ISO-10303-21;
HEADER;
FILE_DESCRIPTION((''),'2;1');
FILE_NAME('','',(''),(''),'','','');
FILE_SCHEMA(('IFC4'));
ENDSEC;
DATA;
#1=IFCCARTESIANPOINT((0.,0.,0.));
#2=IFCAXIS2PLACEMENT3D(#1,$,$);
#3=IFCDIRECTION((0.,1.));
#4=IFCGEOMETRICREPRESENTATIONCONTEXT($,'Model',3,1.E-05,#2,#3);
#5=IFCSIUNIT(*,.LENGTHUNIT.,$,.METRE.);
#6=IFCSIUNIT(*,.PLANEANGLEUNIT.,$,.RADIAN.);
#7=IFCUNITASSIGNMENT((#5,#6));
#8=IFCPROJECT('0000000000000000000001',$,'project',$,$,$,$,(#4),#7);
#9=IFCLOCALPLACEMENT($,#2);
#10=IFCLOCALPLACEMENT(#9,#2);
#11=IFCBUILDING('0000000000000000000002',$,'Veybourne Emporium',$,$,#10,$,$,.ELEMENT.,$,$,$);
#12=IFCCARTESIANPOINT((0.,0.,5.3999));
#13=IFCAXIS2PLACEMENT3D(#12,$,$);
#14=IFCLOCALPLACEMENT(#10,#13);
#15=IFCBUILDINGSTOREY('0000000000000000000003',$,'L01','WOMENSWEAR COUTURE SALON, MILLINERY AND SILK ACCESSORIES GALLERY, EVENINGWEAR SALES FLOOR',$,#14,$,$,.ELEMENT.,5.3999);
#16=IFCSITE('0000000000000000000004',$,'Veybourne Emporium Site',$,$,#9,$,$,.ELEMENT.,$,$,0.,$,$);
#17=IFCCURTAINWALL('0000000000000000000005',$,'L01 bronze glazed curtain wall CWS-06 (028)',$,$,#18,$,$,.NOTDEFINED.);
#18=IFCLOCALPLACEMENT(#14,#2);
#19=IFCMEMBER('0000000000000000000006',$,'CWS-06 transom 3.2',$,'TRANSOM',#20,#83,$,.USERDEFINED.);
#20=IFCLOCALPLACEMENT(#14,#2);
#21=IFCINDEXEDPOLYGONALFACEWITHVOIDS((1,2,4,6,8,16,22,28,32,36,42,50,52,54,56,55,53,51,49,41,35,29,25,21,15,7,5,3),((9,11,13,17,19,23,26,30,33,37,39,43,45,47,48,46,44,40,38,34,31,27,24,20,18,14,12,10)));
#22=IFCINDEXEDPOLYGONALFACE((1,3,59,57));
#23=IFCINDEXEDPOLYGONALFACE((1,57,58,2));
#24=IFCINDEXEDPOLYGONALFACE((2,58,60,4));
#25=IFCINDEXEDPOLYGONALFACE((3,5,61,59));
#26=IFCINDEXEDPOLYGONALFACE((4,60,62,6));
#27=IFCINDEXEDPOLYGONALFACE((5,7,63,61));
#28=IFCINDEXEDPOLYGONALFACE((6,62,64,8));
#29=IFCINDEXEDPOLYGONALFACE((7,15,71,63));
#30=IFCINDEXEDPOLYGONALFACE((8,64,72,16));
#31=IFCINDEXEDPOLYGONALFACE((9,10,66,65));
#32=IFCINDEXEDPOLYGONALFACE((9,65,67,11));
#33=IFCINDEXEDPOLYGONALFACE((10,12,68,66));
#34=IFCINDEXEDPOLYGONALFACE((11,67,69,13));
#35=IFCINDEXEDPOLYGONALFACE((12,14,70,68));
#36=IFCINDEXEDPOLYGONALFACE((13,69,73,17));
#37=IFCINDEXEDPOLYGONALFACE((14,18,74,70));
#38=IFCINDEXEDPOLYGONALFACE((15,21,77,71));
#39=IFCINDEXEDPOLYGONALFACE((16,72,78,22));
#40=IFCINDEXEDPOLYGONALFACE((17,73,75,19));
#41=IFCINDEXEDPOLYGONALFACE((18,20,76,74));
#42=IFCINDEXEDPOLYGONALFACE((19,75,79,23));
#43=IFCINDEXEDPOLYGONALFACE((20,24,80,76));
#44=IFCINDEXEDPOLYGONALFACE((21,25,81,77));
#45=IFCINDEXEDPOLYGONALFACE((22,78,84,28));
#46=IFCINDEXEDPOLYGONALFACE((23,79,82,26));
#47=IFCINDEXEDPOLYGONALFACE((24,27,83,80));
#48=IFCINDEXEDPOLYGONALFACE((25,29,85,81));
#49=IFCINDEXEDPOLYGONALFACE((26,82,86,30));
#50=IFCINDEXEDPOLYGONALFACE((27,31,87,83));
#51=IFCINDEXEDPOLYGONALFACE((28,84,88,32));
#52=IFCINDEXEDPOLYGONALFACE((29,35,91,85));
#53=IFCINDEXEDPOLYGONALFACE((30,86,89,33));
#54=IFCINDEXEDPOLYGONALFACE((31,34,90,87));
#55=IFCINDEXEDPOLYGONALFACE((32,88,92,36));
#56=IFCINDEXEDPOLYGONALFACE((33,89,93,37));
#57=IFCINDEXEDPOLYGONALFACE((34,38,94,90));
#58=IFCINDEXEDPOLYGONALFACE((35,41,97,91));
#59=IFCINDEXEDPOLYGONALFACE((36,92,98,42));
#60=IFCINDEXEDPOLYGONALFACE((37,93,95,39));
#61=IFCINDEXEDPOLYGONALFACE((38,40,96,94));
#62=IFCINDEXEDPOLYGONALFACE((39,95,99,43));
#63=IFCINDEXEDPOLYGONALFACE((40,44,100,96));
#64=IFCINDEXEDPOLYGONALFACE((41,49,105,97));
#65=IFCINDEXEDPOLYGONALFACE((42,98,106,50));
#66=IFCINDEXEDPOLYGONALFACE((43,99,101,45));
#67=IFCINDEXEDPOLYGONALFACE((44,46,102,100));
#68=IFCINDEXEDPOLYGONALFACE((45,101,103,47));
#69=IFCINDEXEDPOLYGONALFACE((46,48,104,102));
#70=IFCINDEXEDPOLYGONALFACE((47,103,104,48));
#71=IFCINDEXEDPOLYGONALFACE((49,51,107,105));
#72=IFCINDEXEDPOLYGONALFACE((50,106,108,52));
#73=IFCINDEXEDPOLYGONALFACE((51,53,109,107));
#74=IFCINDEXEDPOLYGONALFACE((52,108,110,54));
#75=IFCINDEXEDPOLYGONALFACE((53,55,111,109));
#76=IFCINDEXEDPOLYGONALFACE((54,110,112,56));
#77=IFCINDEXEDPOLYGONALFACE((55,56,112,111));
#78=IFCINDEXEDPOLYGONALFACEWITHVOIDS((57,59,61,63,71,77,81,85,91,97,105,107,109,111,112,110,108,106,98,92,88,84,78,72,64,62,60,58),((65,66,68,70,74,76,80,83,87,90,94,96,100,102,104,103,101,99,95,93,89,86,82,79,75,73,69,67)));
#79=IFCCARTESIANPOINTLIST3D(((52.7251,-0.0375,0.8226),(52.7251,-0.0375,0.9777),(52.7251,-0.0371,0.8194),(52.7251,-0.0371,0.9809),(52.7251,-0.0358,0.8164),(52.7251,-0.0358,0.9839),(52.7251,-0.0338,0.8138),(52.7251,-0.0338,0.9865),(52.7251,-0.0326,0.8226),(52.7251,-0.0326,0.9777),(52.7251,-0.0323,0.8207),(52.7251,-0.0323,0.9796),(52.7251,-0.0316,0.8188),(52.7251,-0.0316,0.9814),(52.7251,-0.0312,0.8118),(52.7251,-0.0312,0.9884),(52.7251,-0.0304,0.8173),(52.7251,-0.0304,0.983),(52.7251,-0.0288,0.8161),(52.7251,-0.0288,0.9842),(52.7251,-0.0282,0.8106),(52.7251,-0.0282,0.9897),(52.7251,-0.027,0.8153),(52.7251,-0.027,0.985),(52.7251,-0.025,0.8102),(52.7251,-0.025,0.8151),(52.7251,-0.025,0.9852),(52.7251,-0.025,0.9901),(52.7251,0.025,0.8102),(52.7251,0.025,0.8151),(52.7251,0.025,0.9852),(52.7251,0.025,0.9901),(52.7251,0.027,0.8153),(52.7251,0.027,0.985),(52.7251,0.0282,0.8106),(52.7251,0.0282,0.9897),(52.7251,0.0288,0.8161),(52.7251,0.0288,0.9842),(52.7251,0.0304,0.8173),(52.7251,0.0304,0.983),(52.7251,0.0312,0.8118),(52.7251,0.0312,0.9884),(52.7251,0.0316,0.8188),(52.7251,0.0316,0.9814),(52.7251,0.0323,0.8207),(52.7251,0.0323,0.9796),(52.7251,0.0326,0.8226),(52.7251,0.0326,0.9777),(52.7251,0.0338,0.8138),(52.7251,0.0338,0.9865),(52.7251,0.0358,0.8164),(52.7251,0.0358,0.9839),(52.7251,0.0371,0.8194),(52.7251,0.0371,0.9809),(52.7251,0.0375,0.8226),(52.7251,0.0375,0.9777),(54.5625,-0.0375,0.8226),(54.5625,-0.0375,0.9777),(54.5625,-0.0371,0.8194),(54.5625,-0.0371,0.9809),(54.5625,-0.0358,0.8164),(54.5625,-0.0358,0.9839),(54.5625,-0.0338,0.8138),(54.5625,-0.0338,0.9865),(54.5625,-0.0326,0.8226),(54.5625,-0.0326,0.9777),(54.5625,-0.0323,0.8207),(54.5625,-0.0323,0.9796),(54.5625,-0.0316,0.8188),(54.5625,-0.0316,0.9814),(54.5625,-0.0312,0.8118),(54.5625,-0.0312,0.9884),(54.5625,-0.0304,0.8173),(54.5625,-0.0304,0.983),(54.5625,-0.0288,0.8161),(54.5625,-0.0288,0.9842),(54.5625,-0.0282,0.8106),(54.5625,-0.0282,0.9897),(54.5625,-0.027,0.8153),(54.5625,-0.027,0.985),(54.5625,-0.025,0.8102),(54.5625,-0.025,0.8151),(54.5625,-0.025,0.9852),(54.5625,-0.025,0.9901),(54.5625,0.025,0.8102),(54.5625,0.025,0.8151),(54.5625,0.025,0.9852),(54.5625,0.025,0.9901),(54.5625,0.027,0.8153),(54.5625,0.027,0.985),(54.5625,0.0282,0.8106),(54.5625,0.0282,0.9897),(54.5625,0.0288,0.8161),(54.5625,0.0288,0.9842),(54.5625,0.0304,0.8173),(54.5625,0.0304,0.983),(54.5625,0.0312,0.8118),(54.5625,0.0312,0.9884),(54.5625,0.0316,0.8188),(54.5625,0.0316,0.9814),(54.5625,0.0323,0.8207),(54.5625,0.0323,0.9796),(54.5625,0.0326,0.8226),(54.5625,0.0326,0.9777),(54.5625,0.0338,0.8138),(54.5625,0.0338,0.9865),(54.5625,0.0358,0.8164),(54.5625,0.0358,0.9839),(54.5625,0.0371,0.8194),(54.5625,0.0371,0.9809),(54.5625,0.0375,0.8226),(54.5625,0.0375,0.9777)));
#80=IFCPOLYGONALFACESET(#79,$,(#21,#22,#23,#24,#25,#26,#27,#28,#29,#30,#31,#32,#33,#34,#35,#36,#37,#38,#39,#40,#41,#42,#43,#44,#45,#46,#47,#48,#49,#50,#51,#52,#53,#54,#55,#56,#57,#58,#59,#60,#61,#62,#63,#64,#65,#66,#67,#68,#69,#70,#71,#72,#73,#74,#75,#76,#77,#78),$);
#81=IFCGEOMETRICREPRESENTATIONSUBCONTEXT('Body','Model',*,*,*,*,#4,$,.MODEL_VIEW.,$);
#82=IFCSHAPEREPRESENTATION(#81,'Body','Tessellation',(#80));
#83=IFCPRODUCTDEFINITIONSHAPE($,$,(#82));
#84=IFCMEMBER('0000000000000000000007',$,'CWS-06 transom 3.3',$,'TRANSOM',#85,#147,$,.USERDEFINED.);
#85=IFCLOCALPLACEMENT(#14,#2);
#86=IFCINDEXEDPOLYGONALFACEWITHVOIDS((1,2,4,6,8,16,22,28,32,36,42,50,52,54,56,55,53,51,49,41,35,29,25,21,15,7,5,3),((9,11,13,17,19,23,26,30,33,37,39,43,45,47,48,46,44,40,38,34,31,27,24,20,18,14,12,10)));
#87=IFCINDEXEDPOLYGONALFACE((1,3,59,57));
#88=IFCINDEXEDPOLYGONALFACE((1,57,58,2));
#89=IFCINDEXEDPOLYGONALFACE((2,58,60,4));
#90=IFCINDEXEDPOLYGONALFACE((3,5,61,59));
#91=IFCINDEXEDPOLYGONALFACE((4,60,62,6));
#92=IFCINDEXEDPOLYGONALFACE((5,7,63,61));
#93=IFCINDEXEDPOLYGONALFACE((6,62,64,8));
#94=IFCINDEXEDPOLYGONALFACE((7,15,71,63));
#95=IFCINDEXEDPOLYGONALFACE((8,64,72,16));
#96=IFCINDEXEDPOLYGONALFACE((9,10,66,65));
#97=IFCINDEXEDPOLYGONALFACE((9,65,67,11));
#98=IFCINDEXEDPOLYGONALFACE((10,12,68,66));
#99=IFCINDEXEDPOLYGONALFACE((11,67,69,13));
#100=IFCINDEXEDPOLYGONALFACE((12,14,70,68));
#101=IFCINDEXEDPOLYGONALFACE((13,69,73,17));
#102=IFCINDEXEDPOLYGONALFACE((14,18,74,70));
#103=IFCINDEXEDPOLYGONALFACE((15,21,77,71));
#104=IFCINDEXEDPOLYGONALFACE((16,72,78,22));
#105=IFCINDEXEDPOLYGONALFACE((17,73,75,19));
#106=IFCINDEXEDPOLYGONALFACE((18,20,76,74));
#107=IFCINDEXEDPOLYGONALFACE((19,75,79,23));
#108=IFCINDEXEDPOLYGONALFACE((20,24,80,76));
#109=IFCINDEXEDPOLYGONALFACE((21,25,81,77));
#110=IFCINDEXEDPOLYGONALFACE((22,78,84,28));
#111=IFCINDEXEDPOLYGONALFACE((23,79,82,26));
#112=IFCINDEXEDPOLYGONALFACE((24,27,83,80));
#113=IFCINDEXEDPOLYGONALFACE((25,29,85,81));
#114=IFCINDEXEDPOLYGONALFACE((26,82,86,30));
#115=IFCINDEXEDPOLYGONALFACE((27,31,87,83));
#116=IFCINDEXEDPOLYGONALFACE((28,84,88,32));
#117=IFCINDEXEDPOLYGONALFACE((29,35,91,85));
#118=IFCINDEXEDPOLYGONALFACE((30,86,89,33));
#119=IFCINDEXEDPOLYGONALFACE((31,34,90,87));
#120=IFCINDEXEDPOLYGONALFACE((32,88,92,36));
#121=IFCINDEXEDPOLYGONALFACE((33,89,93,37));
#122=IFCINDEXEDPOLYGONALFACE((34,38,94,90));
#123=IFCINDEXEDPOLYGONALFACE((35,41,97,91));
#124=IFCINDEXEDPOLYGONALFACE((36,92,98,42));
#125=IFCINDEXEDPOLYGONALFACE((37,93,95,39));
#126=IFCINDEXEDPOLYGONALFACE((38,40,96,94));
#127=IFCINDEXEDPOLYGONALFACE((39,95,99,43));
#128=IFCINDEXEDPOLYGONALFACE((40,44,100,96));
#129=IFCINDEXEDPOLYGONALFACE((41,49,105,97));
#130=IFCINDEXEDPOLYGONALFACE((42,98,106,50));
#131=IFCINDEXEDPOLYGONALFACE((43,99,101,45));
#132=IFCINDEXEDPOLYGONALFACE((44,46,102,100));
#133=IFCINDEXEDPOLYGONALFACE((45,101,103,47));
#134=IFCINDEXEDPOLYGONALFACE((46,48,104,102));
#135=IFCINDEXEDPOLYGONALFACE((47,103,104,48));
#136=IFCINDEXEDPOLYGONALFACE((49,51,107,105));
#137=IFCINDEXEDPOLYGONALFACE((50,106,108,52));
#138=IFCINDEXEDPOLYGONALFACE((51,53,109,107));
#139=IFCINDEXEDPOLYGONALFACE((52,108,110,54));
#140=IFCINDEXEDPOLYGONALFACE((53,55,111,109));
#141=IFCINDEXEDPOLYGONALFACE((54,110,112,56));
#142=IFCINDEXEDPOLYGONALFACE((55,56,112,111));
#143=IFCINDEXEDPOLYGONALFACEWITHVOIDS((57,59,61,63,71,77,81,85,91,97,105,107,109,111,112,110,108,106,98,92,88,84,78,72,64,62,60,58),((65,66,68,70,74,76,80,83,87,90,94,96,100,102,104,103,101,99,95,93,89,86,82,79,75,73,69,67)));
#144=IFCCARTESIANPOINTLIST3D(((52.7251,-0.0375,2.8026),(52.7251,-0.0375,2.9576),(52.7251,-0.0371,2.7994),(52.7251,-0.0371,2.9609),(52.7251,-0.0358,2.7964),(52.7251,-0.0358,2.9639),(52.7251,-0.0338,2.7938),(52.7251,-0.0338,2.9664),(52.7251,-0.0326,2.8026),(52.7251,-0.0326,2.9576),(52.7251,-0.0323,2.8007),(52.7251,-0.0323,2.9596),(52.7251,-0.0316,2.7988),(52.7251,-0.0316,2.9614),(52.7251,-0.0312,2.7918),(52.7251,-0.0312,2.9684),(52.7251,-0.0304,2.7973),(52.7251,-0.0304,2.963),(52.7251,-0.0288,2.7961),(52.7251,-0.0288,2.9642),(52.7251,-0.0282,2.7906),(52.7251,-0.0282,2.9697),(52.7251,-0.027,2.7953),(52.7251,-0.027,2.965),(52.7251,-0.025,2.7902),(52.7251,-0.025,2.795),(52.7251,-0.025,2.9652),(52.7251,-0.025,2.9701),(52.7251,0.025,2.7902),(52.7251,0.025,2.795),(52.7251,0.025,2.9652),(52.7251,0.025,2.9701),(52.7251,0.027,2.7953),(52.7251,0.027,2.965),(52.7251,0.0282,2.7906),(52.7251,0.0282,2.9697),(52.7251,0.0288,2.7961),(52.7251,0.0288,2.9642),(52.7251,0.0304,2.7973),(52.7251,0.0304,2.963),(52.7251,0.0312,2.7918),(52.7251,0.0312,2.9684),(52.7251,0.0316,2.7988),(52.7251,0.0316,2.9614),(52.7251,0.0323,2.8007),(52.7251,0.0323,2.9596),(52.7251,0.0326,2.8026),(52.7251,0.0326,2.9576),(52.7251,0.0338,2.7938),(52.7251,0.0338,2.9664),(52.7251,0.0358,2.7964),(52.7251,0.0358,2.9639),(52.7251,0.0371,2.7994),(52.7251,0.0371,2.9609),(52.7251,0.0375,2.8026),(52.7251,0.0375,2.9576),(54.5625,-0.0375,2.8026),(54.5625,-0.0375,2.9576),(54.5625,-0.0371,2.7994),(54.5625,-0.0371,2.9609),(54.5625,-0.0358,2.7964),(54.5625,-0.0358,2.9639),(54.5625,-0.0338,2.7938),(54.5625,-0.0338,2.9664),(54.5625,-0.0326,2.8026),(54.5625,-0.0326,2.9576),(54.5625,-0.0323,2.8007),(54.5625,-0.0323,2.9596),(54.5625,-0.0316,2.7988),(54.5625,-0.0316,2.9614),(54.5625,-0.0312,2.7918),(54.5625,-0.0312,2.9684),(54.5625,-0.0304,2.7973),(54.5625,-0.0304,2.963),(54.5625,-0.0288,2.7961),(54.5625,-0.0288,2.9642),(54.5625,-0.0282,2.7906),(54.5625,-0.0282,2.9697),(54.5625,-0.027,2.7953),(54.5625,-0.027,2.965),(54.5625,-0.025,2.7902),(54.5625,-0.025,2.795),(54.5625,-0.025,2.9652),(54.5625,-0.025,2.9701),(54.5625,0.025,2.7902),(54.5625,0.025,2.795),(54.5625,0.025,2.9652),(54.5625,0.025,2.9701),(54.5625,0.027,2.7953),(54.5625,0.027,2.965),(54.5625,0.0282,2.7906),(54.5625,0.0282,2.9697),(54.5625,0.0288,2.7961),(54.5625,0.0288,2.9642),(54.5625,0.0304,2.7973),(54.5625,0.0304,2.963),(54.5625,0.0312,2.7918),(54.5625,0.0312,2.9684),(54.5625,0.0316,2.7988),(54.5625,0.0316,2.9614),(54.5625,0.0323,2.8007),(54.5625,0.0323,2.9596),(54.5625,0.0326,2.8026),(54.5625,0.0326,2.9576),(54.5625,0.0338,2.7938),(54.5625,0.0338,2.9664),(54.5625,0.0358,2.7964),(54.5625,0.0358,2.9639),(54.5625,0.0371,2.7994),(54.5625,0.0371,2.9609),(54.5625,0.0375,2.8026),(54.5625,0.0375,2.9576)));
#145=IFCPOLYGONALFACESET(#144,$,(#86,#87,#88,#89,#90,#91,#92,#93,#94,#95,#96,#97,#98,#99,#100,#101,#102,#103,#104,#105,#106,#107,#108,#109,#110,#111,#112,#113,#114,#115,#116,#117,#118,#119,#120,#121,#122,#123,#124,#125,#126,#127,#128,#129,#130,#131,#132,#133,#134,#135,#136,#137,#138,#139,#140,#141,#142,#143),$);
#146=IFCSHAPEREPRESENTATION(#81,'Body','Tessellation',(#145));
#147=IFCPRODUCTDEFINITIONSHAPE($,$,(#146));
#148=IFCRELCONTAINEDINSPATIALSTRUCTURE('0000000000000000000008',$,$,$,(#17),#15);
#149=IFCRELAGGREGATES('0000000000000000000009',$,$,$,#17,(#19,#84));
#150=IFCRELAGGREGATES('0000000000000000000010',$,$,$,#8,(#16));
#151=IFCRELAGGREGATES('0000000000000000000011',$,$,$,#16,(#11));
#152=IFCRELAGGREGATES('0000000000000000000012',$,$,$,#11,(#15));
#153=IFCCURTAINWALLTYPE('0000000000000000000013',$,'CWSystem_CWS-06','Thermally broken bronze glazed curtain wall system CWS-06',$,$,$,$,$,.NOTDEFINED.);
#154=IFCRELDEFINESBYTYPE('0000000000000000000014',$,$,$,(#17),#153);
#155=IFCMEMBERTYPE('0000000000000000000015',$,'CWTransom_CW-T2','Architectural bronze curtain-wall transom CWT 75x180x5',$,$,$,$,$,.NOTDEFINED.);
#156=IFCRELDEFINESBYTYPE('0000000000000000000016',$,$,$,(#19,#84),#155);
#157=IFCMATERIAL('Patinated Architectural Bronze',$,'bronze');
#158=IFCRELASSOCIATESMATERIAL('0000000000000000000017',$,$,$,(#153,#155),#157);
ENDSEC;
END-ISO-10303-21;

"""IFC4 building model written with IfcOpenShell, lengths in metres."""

from ifc_helpers import new_model, si_unit, direction, frame, origin, origin_2d, place, context, subcontext, project, spatial, hollow_rectangle, extrude, material, material_profile, profile_set, type_object, element, aggregate, save


model = new_model("IFC4")

# Units and contexts
model_context = context("Model", 3, precision=1e-05, world=origin(), true_north=direction((0.0, 1.0)))
body_context = subcontext(model_context, "Body", "Model", "MODEL_VIEW")
ifc_project = project(units=[si_unit("LENGTHUNIT", "METRE"), si_unit("PLANEANGLEUNIT", "RADIAN")], contexts=[model_context])

# Site, building, storey
site_placement = place(None, origin())
site = spatial("IfcSite", under=ifc_project, at=site_placement, Name="Veybourne Emporium Site", CompositionType="ELEMENT", RefElevation=0.0)
building_placement = place(site_placement, origin())
building = spatial("IfcBuilding", under=site, at=building_placement, Name="Veybourne Emporium", CompositionType="ELEMENT")
storey_placement = place(building_placement, frame((0.0, 0.0, 5.3999)))
storey = spatial("IfcBuildingStorey", under=building, at=storey_placement, Name="L01", Description="WOMENSWEAR COUTURE SALON, MILLINERY AND SILK ACCESSORIES GALLERY, EVENINGWEAR SALES FLOOR", CompositionType="ELEMENT", Elevation=5.3999)

# Curtain wall, members
ifc_material_1 = material(Name="Patinated Architectural Bronze", Category="bronze")
curtain_wall_type = type_object("IfcCurtainWallType", Name="CWSystem_CWS-06", Description="Thermally broken bronze glazed curtain wall system CWS-06", PredefinedType="NOTDEFINED", material=ifc_material_1)
curtain_wall_placement = place(storey_placement, origin())
curtain_wall = element("IfcCurtainWall", 1, at=curtain_wall_placement, inside=storey, type_object=curtain_wall_type, Name="L01 bronze glazed curtain wall CWS-06 (028)", PredefinedType="NOTDEFINED")
ifc_material_profile_1 = material_profile(ifc_material_1, hollow_rectangle(XDim=0.075, YDim=0.1799, WallThickness=0.0049, InnerFilletRadius=0.0076, OuterFilletRadius=0.0125, at=origin_2d()), Name="CWT 75x180x5")
ifc_profile_set_1 = profile_set([ifc_material_profile_1], Name="Patinated Architectural Bronze")
member_type_1 = type_object("IfcMemberType", Name="CWTransom_CW-T2", Description="Architectural bronze curtain-wall transom CWT 75x180x5", PredefinedType="NOTDEFINED", material=ifc_profile_set_1)
member_1_placement = place(storey_placement, frame((54.5625, 0.0, 0.9001), z_axis=(-1.0, 0.0, 0.0), x_axis=(0.0, -1.0, 0.0)))
member_1 = element("IfcMember", 2, at=member_1_placement, type_object=member_type_1, Name="CWS-06 transom 3.2", ObjectType="TRANSOM", PredefinedType="USERDEFINED", context=body_context, shape_type="SweptSolid", body=[
    extrude(hollow_rectangle(XDim=0.075, YDim=0.1799, WallThickness=0.0049, InnerFilletRadius=0.0076, OuterFilletRadius=0.0125, at=origin_2d()), origin(), (0.0, 0.0, 1.0), 1.8374),
])
member_2_placement = place(storey_placement, frame((54.5625, 0.0, 2.8801), z_axis=(-1.0, 0.0, 0.0), x_axis=(0.0, -1.0, 0.0)))
member_2 = element("IfcMember", 3, at=member_2_placement, type_object=member_type_1, Name="CWS-06 transom 3.3", ObjectType="TRANSOM", PredefinedType="USERDEFINED", context=body_context, shape_type="SweptSolid", body=[
    extrude(hollow_rectangle(XDim=0.075, YDim=0.1799, WallThickness=0.0049, InnerFilletRadius=0.0076, OuterFilletRadius=0.0125, at=origin_2d()), origin(), (0.0, 0.0, 1.0), 1.8374),
])

aggregate(curtain_wall, [member_1, member_2])

save(model, "model.ifc")
